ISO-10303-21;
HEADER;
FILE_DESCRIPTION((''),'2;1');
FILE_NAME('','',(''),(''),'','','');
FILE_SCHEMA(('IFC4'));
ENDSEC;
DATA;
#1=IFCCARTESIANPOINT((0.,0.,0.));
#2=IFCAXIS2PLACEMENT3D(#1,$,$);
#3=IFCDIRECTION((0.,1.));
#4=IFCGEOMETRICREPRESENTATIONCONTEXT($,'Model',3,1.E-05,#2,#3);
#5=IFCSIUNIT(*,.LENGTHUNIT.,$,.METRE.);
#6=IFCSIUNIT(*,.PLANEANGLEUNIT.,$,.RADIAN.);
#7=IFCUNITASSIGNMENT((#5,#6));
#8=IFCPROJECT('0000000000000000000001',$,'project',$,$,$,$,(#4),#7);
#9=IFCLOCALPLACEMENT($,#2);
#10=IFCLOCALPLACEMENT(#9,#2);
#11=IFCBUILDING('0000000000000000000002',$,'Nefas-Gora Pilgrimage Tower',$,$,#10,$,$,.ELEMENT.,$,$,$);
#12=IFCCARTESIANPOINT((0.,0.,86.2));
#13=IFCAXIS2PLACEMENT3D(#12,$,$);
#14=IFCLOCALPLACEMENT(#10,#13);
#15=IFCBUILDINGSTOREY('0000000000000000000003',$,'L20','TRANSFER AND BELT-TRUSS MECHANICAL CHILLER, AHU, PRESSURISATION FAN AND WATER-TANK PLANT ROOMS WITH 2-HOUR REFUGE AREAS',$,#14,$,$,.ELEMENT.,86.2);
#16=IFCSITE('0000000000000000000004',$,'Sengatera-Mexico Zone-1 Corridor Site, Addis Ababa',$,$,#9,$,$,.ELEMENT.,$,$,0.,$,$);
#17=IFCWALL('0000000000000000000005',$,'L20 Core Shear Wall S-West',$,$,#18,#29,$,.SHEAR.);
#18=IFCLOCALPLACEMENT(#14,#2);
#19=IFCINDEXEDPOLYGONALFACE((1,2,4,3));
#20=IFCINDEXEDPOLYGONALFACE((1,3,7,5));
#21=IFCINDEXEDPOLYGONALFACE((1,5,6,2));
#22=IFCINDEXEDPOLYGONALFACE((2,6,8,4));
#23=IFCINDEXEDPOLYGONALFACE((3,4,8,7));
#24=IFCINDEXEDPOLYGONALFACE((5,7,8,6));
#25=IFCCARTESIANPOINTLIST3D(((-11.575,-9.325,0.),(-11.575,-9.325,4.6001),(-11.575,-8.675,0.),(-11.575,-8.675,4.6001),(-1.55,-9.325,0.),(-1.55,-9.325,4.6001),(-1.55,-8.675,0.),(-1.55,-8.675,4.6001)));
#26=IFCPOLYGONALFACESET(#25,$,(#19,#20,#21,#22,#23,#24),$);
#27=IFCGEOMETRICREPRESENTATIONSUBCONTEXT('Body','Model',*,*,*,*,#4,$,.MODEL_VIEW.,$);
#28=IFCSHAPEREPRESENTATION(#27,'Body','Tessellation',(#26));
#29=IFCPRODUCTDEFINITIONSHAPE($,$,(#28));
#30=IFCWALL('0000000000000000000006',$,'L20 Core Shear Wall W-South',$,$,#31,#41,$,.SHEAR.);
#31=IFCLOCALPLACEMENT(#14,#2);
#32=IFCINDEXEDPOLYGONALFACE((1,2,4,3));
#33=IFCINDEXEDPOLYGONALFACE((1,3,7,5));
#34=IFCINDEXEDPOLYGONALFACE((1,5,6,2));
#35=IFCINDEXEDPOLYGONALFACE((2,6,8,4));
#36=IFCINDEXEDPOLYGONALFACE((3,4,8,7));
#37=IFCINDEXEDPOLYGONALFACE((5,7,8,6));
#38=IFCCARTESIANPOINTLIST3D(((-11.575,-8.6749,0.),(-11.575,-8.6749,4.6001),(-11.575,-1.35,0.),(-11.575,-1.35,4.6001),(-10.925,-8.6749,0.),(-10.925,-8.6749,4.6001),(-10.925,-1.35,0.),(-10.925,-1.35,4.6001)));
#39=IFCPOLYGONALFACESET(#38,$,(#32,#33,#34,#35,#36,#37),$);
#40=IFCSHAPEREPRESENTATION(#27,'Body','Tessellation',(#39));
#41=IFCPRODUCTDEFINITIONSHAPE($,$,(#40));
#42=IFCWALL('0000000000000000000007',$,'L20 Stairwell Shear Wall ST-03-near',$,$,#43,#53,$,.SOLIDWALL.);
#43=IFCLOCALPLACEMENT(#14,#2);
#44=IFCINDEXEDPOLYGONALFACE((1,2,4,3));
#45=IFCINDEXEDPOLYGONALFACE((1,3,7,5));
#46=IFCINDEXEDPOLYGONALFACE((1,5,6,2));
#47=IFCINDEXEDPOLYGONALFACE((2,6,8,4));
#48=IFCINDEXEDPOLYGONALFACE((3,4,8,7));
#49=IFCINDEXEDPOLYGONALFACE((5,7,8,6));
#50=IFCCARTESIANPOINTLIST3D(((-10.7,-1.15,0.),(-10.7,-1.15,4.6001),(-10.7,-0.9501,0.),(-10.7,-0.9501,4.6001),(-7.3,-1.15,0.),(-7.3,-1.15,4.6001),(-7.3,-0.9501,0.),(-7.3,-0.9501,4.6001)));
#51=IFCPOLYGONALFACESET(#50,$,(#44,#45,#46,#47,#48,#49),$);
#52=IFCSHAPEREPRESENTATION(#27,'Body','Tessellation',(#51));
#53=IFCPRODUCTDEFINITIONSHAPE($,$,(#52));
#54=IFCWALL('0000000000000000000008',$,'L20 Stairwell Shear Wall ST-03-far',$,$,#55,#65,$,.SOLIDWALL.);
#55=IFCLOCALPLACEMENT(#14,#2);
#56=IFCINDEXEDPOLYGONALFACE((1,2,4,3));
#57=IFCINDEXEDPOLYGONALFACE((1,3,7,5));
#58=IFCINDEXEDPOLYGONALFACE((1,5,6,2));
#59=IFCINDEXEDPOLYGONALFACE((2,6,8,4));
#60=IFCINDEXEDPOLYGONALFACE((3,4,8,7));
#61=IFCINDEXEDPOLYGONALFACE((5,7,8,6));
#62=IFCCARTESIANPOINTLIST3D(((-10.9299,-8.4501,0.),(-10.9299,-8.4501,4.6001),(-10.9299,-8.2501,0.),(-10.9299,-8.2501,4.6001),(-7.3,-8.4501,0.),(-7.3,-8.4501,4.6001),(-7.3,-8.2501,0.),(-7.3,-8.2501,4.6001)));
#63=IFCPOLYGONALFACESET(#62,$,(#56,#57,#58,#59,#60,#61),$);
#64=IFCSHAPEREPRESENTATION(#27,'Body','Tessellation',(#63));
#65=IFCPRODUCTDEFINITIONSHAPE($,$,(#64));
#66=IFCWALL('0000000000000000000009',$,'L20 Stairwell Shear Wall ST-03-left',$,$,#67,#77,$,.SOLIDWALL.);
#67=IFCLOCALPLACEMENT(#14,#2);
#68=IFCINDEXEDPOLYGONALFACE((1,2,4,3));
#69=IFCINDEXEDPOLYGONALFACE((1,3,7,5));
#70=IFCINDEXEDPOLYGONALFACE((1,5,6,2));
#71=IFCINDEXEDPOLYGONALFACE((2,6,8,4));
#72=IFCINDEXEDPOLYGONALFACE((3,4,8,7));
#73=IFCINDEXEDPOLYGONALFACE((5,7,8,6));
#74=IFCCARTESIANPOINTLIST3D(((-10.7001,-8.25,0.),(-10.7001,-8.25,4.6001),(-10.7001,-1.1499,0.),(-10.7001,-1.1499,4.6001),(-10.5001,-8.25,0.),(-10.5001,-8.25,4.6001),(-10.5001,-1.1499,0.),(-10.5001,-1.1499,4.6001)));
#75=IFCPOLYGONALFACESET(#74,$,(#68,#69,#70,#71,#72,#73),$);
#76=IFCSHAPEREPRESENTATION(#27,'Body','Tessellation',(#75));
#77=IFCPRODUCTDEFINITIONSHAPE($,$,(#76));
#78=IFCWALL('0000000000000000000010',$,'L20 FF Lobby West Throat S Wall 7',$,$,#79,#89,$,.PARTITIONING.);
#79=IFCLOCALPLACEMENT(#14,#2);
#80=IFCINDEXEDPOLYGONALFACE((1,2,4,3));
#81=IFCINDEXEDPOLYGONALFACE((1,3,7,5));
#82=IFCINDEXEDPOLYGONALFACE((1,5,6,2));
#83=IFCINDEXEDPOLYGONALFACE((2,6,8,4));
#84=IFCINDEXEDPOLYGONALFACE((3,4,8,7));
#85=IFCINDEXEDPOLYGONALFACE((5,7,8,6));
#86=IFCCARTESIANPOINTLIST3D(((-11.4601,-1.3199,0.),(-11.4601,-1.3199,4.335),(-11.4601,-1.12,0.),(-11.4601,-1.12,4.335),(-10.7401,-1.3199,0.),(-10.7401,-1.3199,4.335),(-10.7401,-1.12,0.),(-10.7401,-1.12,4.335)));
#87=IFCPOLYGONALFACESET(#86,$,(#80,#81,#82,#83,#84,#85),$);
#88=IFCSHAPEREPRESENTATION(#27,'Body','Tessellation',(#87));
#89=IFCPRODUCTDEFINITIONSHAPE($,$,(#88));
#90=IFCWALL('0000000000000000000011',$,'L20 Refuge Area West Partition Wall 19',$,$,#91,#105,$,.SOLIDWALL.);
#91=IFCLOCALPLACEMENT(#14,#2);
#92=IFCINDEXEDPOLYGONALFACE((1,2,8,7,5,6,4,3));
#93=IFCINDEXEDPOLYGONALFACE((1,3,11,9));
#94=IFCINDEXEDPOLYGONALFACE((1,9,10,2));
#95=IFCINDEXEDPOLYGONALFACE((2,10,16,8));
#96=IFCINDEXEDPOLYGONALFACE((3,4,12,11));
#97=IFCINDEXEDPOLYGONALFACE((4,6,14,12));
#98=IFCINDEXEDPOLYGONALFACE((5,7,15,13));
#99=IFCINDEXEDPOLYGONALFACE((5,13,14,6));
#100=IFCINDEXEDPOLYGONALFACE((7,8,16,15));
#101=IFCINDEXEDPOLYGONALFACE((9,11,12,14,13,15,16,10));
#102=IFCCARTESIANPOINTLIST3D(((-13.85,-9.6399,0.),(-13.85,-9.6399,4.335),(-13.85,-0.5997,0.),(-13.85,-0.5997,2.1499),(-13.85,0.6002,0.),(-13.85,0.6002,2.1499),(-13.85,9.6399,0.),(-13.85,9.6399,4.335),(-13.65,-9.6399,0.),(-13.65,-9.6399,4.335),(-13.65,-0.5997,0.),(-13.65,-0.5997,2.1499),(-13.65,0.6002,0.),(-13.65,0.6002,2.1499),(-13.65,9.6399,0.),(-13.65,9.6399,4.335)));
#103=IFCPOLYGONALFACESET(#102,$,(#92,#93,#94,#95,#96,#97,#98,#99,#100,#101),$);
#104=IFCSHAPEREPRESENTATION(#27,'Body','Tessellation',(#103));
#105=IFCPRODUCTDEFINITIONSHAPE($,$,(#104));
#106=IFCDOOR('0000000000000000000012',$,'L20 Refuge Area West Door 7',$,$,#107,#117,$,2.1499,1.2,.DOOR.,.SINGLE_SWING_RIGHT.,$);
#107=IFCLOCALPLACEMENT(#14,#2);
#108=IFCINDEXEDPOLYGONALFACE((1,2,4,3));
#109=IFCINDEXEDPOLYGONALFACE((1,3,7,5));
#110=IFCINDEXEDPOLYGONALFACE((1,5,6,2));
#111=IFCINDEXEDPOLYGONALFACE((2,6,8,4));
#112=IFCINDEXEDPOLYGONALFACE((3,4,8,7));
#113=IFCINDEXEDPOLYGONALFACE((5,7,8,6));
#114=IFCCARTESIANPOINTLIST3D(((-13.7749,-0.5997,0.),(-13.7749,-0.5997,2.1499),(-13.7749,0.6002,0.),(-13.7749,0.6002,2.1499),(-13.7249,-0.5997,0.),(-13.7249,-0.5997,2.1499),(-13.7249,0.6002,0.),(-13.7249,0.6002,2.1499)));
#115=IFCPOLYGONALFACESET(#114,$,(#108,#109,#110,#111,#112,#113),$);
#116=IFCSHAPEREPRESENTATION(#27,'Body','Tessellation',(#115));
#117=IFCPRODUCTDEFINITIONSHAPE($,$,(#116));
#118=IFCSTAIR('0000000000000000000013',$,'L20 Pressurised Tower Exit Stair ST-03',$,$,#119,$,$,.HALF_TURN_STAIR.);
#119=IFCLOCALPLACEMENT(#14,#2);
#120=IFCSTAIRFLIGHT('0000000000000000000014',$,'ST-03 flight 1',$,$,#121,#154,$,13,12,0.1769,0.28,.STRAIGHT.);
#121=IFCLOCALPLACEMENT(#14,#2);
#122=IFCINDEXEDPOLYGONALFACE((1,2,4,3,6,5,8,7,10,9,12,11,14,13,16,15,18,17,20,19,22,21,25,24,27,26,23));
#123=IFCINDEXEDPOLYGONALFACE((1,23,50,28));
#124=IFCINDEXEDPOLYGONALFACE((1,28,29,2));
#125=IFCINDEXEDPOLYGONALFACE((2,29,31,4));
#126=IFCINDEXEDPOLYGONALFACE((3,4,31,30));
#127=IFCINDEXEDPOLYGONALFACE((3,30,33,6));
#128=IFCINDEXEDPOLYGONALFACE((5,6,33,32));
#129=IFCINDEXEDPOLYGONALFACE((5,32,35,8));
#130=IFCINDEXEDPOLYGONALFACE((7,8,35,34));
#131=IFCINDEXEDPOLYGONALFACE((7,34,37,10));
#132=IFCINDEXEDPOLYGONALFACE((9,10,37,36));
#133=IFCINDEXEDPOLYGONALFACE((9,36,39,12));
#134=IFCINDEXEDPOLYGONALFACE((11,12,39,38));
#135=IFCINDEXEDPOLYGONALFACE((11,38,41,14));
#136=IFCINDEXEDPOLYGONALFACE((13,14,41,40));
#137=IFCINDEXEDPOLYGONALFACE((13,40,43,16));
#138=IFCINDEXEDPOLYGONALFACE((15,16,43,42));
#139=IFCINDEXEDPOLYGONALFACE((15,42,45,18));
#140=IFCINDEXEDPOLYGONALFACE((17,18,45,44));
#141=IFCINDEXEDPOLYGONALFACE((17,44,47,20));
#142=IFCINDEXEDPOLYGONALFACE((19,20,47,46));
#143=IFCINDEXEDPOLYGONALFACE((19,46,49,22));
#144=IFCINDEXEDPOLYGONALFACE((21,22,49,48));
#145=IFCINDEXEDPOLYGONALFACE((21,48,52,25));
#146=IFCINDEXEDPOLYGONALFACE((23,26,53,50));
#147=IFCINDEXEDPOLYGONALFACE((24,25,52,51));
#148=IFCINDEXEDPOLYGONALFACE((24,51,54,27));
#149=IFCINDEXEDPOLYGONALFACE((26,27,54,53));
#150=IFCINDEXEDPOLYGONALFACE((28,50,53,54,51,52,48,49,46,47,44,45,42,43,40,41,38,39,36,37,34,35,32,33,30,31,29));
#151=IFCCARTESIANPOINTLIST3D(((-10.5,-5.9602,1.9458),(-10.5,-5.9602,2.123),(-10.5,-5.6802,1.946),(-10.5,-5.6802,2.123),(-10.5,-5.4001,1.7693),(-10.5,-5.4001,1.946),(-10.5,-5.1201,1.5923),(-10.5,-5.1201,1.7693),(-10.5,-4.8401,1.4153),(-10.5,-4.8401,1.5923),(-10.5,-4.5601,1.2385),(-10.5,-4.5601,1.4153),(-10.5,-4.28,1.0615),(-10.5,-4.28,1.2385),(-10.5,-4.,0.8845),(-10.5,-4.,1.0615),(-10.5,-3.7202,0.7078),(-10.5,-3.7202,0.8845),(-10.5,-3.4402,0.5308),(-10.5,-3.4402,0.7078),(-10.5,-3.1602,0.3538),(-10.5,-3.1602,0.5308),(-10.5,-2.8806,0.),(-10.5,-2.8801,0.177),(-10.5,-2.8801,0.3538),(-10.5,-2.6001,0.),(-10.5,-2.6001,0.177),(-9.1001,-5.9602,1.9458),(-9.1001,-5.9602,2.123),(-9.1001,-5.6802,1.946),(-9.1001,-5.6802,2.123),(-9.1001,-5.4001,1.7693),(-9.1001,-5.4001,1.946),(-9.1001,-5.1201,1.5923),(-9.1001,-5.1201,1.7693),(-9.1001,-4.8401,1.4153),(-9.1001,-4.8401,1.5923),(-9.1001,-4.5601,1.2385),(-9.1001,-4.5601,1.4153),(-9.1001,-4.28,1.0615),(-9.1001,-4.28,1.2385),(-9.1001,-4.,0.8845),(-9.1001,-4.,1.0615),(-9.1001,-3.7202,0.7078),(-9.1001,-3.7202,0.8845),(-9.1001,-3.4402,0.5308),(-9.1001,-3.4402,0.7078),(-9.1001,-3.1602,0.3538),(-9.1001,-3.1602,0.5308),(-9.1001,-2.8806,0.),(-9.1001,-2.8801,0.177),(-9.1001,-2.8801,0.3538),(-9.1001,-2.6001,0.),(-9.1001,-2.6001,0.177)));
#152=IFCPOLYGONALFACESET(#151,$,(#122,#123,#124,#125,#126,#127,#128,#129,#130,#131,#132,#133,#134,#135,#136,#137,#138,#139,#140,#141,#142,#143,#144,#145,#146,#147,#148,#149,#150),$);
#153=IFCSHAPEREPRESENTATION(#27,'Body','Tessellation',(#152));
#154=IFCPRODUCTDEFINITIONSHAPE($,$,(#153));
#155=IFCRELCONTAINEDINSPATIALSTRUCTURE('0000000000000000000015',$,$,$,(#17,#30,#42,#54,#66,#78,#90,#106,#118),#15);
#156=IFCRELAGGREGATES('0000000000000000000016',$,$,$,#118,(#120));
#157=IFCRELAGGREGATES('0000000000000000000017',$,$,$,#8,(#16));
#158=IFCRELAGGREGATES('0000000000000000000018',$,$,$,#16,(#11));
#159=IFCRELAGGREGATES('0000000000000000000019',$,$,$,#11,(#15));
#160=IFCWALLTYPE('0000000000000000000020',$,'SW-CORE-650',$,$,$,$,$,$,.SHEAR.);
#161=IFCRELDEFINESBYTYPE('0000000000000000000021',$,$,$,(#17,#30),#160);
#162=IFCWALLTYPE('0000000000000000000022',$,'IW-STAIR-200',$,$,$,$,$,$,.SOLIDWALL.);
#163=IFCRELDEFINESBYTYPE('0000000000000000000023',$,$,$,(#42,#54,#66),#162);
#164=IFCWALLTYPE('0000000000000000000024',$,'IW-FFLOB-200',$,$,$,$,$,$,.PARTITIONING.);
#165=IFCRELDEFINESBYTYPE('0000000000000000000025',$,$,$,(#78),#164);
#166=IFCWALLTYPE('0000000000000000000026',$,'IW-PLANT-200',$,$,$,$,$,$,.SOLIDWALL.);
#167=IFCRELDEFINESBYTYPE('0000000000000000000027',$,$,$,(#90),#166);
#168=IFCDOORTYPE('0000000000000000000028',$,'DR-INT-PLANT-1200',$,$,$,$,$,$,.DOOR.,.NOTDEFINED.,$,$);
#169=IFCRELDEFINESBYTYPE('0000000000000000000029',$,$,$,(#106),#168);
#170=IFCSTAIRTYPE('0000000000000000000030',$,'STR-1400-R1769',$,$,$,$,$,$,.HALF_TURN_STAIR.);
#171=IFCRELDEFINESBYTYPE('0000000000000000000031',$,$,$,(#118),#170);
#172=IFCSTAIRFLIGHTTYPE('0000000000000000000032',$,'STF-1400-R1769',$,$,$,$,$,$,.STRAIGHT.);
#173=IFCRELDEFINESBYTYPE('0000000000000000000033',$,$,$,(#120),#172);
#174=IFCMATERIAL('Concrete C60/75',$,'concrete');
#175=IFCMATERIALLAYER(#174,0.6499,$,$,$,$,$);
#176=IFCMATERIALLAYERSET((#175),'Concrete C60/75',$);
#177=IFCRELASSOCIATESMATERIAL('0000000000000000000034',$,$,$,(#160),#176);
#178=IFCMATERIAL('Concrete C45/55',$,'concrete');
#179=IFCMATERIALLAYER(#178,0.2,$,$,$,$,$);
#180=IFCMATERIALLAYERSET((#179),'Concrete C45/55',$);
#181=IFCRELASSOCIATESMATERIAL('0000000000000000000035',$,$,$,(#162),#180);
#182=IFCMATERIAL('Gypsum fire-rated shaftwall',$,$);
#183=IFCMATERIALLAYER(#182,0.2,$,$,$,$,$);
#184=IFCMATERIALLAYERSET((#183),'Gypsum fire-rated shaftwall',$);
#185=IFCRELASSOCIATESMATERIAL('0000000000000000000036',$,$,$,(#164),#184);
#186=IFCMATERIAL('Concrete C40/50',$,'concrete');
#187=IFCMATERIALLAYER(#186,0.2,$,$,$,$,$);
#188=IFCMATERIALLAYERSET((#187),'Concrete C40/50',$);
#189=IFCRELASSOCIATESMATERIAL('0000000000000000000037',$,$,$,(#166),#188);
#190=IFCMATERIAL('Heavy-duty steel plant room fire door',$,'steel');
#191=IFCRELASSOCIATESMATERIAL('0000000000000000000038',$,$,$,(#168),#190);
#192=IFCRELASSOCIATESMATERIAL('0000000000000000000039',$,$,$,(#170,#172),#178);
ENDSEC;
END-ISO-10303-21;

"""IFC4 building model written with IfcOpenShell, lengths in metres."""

from ifc_helpers import new_model, si_unit, direction, frame, frame_2d, origin, place, context, subcontext, project, spatial, polyline, rectangle, outline, extrude, source, transform, mapped, material, layer, layer_set, type_object, element, fill, aggregate, save


model = new_model("IFC4")

# Units and contexts
model_context = context("Model", 3, precision=1e-05, world=origin(), true_north=direction((0.0, 1.0)))
body_context = subcontext(model_context, "Body", "Model", "MODEL_VIEW")
ifc_project = project(units=[si_unit("LENGTHUNIT", "METRE"), si_unit("PLANEANGLEUNIT", "RADIAN")], contexts=[model_context])

# Site, building, storey
site_placement = place(None, origin())
site = spatial("IfcSite", under=ifc_project, at=site_placement, Name="Sengatera-Mexico Zone-1 Corridor Site, Addis Ababa", CompositionType="ELEMENT", RefElevation=0.0)
building_placement = place(site_placement, origin())
building = spatial("IfcBuilding", under=site, at=building_placement, Name="Nefas-Gora Pilgrimage Tower", CompositionType="ELEMENT")
storey_placement = place(building_placement, frame((0.0, 0.0, 86.2)))
storey = spatial("IfcBuildingStorey", under=building, at=storey_placement, Name="L20", Description="TRANSFER AND BELT-TRUSS MECHANICAL CHILLER, AHU, PRESSURISATION FAN AND WATER-TANK PLANT ROOMS WITH 2-HOUR REFUGE AREAS", CompositionType="ELEMENT", Elevation=86.2)

# Shared definitions
ifc_material_1 = material(Name="Concrete C60/75", Category="concrete")

# Walls
ifc_layer_1 = layer(ifc_material_1, 0.6499)
ifc_layer_set_1 = layer_set([ifc_layer_1], Name="Concrete C60/75")
wall_type_1 = type_object("IfcWallType", Name="SW-CORE-650", PredefinedType="SHEAR", material=ifc_layer_set_1)
shared_shape_1 = source(origin(), body_context, "Body", "SweptSolid", [
    extrude(rectangle(XDim=10.0249, YDim=0.6499, at=frame_2d((5.0125, 0.0))), origin(), (0.0, 0.0, 1.0), 4.6001),
])
wall_1_placement = place(storey_placement, frame((-11.575, -9.0, 0.0), z_axis=(0.0, 0.0, 1.0), x_axis=(1.0, 0.0, 0.0)))
element("IfcWall", 1, at=wall_1_placement, inside=storey, type_object=wall_type_1, Name="L20 Core Shear Wall S-West", PredefinedType="SHEAR", context=body_context, shape_type="MappedRepresentation", body=[
    mapped(shared_shape_1, transform((0.0, 0.0, 0.0), x_axis=(1.0, 0.0, 0.0), y_axis=(0.0, 1.0, 0.0), z_axis=(0.0, 0.0, 1.0), scale=1.0)),
])
shared_shape_2 = source(origin(), body_context, "Body", "SweptSolid", [
    extrude(rectangle(XDim=7.325, YDim=0.6499, at=frame_2d((3.6626, 0.0))), origin(), (0.0, 0.0, 1.0), 4.6001),
])
wall_2_placement = place(storey_placement, frame((-11.25, -8.675, 0.0), z_axis=(0.0, 0.0, 1.0), x_axis=(0.0, 1.0, 0.0)))
element("IfcWall", 2, at=wall_2_placement, inside=storey, type_object=wall_type_1, Name="L20 Core Shear Wall W-South", PredefinedType="SHEAR", context=body_context, shape_type="MappedRepresentation", body=[
    mapped(shared_shape_2, transform((0.0, 0.0, 0.0), x_axis=(1.0, 0.0, 0.0), y_axis=(0.0, 1.0, 0.0), z_axis=(0.0, 0.0, 1.0), scale=1.0)),
])
ifc_material_2 = material(Name="Concrete C45/55", Category="concrete")
ifc_layer_2 = layer(ifc_material_2, 0.2)
ifc_layer_set_2 = layer_set([ifc_layer_2], Name="Concrete C45/55")
wall_type_2 = type_object("IfcWallType", Name="IW-STAIR-200", PredefinedType="SOLIDWALL", material=ifc_layer_set_2)
shared_shape_3 = source(origin(), body_context, "Body", "SweptSolid", [
    extrude(rectangle(XDim=3.3999, YDim=0.2, at=frame_2d((1.7, 0.0))), origin(), (0.0, 0.0, 1.0), 4.6001),
])
wall_3_placement = place(storey_placement, frame((-10.7, -1.05, 0.0), z_axis=(0.0, 0.0, 1.0), x_axis=(1.0, 0.0, 0.0)))
element("IfcWall", 3, at=wall_3_placement, inside=storey, type_object=wall_type_2, Name="L20 Stairwell Shear Wall ST-03-near", PredefinedType="SOLIDWALL", context=body_context, shape_type="MappedRepresentation", body=[
    mapped(shared_shape_3, transform((0.0, 0.0, 0.0), x_axis=(1.0, 0.0, 0.0), y_axis=(0.0, 1.0, 0.0), z_axis=(0.0, 0.0, 1.0), scale=1.0)),
])
shared_shape_4 = source(origin(), body_context, "Body", "SweptSolid", [
    extrude(rectangle(XDim=3.6299, YDim=0.2, at=frame_2d((1.8149, 0.0))), origin(), (0.0, 0.0, 1.0), 4.6001),
])
wall_4_placement = place(storey_placement, frame((-10.9299, -8.3501, 0.0), z_axis=(0.0, 0.0, 1.0), x_axis=(1.0, 0.0, 0.0)))
element("IfcWall", 4, at=wall_4_placement, inside=storey, type_object=wall_type_2, Name="L20 Stairwell Shear Wall ST-03-far", PredefinedType="SOLIDWALL", context=body_context, shape_type="MappedRepresentation", body=[
    mapped(shared_shape_4, transform((0.0, 0.0, 0.0), x_axis=(1.0, 0.0, 0.0), y_axis=(0.0, 1.0, 0.0), z_axis=(0.0, 0.0, 1.0), scale=1.0)),
])
shared_shape_5 = source(origin(), body_context, "Body", "SweptSolid", [
    extrude(rectangle(XDim=7.1001, YDim=0.2, at=frame_2d((3.55, 0.0))), origin(), (0.0, 0.0, 1.0), 4.6001),
])
wall_5_placement = place(storey_placement, frame((-10.6001, -1.1499, 0.0), z_axis=(0.0, 0.0, 1.0), x_axis=(0.0, -1.0, 0.0)))
element("IfcWall", 5, at=wall_5_placement, inside=storey, type_object=wall_type_2, Name="L20 Stairwell Shear Wall ST-03-left", PredefinedType="SOLIDWALL", context=body_context, shape_type="MappedRepresentation", body=[
    mapped(shared_shape_5, transform((0.0, 0.0, 0.0), x_axis=(1.0, 0.0, 0.0), y_axis=(0.0, 1.0, 0.0), z_axis=(0.0, 0.0, 1.0), scale=1.0)),
])

# Shared definitions
ifc_material_3 = material(Name="Gypsum fire-rated shaftwall")
ifc_layer_3 = layer(ifc_material_3, 0.2)
ifc_layer_set_3 = layer_set([ifc_layer_3], Name="Gypsum fire-rated shaftwall")
wall_type_3 = type_object("IfcWallType", Name="IW-FFLOB-200", PredefinedType="PARTITIONING", material=ifc_layer_set_3)
shared_shape_6 = source(origin(), body_context, "Body", "SweptSolid", [
    extrude(rectangle(XDim=1.2, YDim=2.1499, at=frame_2d((0.6001, 1.075))), frame((0.0, 0.0249, 0.0), z_axis=(0.0, -1.0, 0.0), x_axis=(1.0, 0.0, 0.0)), (0.0, 0.0, 1.0), 0.05),
])

# Wall
shared_shape_7 = source(origin(), body_context, "Body", "SweptSolid", [
    extrude(rectangle(XDim=0.72, YDim=0.2, at=frame_2d((0.3599, 0.0))), origin(), (0.0, 0.0, 1.0), 4.335),
])
wall_6_placement = place(storey_placement, frame((-11.46, -1.22, 0.0), z_axis=(0.0, 0.0, 1.0), x_axis=(1.0, 0.0, 0.0)))
element("IfcWall", 6, at=wall_6_placement, inside=storey, type_object=wall_type_3, Name="L20 FF Lobby West Throat S Wall 7", PredefinedType="PARTITIONING", context=body_context, shape_type="MappedRepresentation", body=[
    mapped(shared_shape_7, transform((0.0, 0.0, 0.0), x_axis=(1.0, 0.0, 0.0), y_axis=(0.0, 1.0, 0.0), z_axis=(0.0, 0.0, 1.0), scale=1.0)),
])

# Wall, opening, door
ifc_material_4 = material(Name="Concrete C40/50", Category="concrete")
ifc_layer_4 = layer(ifc_material_4, 0.2)
ifc_layer_set_4 = layer_set([ifc_layer_4], Name="Concrete C40/50")
wall_type_4 = type_object("IfcWallType", Name="IW-PLANT-200", PredefinedType="SOLIDWALL", material=ifc_layer_set_4)
shared_shape_8 = source(origin(), body_context, "Body", "SweptSolid", [
    extrude(rectangle(XDim=19.2798, YDim=0.2, at=frame_2d((9.6399, 0.0))), origin(), (0.0, 0.0, 1.0), 4.335),
])
wall_7_placement = place(storey_placement, frame((-13.75, -9.6399, 0.0), z_axis=(0.0, 0.0, 1.0), x_axis=(0.0, 1.0, 0.0)))
wall_7 = element("IfcWall", 7, at=wall_7_placement, inside=storey, type_object=wall_type_4, Name="L20 Refuge Area West Partition Wall 19", PredefinedType="SOLIDWALL", context=body_context, shape_type="MappedRepresentation", body=[
    mapped(shared_shape_8, transform((0.0, 0.0, 0.0), x_axis=(1.0, 0.0, 0.0), y_axis=(0.0, 1.0, 0.0), z_axis=(0.0, 0.0, 1.0), scale=1.0)),
])
opening_1_placement = place(wall_7_placement, frame((9.04, 0.0, 0.0)))
opening_1 = element("IfcOpeningElement", 8, at=opening_1_placement, cuts=wall_7, PredefinedType="OPENING", context=body_context, shape_type="SweptSolid", body=[
    extrude(rectangle(XDim=1.2, YDim=2.1499, at=frame_2d((0.6001, 1.075))), frame((0.0, 0.1099, 0.0), z_axis=(0.0, -1.0, 0.0), x_axis=(1.0, 0.0, 0.0)), (0.0, 0.0, 1.0), 0.22),
])
ifc_material_5 = material(Name="Heavy-duty steel plant room fire door", Category="steel")
door_type_1 = type_object("IfcDoorType", Name="DR-INT-PLANT-1200", OperationType="NOTDEFINED", PredefinedType="DOOR", material=ifc_material_5)
door_1_placement = place(opening_1_placement, origin())
door_1 = element("IfcDoor", 9, at=door_1_placement, inside=storey, type_object=door_type_1, Name="L20 Refuge Area West Door 7", OperationType="SINGLE_SWING_RIGHT", OverallHeight=2.1499, OverallWidth=1.2, PredefinedType="DOOR", context=body_context, shape_type="MappedRepresentation", body=[
    mapped(shared_shape_6, transform((0.0, 0.0, 0.0), x_axis=(1.0, 0.0, 0.0), y_axis=(0.0, 1.0, 0.0), z_axis=(0.0, 0.0, 1.0), scale=1.0)),
])
fill(opening_1, door_1)

# Stair, stair flight
stair_type = type_object("IfcStairType", Name="STR-1400-R1769", PredefinedType="HALF_TURN_STAIR", material=ifc_material_2)
stair_placement = place(storey_placement, origin())
stair = element("IfcStair", 10, at=stair_placement, inside=storey, type_object=stair_type, Name="L20 Pressurised Tower Exit Stair ST-03", PredefinedType="HALF_TURN_STAIR")
stair_flight_type = type_object("IfcStairFlightType", Name="STF-1400-R1769", PredefinedType="STRAIGHT", material=ifc_material_2)
shared_shape_9 = source(origin(), body_context, "Body", "SweptSolid", [
    extrude(outline(polyline([(0.0, 0.0), (0.0, 0.177), (0.28, 0.177), (0.28, 0.3538), (0.5601, 0.3538), (0.5601, 0.5308), (0.8401, 0.5308), (0.8401, 0.7078), (1.1201, 0.7078), (1.1201, 0.8845), (1.3999, 0.8845), (1.3999, 1.0615), (1.6799, 1.0615), (1.6799, 1.2385), (1.96, 1.2385), (1.96, 1.4153), (2.24, 1.4153), (2.24, 1.5923), (2.52, 1.5923), (2.52, 1.7693), (2.8, 1.7693), (2.8, 1.946), (3.0801, 1.946), (3.0801, 2.123), (3.3601, 2.123), (3.3601, 2.3), (3.3601, 1.9458), (0.2805, 0.0), (0.0, 0.0)])), frame((0.0, 0.7, 0.0), z_axis=(0.0, -1.0, 0.0), x_axis=(1.0, 0.0, 0.0)), (0.0, 0.0, 1.0), 1.3999),
])
stair_flight_placement = place(storey_placement, frame((-9.8, -2.6001, 0.0), z_axis=(0.0, 0.0, 1.0), x_axis=(0.0, -1.0, 0.0)))
stair_flight = element("IfcStairFlight", 11, at=stair_flight_placement, type_object=stair_flight_type, Name="ST-03 flight 1", NumberOfRisers=13, NumberOfTreads=12, PredefinedType="STRAIGHT", RiserHeight=0.1769, TreadLength=0.28, context=body_context, shape_type="MappedRepresentation", body=[
    mapped(shared_shape_9, transform((0.0, 0.0, 0.0), x_axis=(1.0, 0.0, 0.0), y_axis=(0.0, 1.0, 0.0), z_axis=(0.0, 0.0, 1.0), scale=1.0)),
])
aggregate(stair, [stair_flight])

save(model, "model.ifc")
